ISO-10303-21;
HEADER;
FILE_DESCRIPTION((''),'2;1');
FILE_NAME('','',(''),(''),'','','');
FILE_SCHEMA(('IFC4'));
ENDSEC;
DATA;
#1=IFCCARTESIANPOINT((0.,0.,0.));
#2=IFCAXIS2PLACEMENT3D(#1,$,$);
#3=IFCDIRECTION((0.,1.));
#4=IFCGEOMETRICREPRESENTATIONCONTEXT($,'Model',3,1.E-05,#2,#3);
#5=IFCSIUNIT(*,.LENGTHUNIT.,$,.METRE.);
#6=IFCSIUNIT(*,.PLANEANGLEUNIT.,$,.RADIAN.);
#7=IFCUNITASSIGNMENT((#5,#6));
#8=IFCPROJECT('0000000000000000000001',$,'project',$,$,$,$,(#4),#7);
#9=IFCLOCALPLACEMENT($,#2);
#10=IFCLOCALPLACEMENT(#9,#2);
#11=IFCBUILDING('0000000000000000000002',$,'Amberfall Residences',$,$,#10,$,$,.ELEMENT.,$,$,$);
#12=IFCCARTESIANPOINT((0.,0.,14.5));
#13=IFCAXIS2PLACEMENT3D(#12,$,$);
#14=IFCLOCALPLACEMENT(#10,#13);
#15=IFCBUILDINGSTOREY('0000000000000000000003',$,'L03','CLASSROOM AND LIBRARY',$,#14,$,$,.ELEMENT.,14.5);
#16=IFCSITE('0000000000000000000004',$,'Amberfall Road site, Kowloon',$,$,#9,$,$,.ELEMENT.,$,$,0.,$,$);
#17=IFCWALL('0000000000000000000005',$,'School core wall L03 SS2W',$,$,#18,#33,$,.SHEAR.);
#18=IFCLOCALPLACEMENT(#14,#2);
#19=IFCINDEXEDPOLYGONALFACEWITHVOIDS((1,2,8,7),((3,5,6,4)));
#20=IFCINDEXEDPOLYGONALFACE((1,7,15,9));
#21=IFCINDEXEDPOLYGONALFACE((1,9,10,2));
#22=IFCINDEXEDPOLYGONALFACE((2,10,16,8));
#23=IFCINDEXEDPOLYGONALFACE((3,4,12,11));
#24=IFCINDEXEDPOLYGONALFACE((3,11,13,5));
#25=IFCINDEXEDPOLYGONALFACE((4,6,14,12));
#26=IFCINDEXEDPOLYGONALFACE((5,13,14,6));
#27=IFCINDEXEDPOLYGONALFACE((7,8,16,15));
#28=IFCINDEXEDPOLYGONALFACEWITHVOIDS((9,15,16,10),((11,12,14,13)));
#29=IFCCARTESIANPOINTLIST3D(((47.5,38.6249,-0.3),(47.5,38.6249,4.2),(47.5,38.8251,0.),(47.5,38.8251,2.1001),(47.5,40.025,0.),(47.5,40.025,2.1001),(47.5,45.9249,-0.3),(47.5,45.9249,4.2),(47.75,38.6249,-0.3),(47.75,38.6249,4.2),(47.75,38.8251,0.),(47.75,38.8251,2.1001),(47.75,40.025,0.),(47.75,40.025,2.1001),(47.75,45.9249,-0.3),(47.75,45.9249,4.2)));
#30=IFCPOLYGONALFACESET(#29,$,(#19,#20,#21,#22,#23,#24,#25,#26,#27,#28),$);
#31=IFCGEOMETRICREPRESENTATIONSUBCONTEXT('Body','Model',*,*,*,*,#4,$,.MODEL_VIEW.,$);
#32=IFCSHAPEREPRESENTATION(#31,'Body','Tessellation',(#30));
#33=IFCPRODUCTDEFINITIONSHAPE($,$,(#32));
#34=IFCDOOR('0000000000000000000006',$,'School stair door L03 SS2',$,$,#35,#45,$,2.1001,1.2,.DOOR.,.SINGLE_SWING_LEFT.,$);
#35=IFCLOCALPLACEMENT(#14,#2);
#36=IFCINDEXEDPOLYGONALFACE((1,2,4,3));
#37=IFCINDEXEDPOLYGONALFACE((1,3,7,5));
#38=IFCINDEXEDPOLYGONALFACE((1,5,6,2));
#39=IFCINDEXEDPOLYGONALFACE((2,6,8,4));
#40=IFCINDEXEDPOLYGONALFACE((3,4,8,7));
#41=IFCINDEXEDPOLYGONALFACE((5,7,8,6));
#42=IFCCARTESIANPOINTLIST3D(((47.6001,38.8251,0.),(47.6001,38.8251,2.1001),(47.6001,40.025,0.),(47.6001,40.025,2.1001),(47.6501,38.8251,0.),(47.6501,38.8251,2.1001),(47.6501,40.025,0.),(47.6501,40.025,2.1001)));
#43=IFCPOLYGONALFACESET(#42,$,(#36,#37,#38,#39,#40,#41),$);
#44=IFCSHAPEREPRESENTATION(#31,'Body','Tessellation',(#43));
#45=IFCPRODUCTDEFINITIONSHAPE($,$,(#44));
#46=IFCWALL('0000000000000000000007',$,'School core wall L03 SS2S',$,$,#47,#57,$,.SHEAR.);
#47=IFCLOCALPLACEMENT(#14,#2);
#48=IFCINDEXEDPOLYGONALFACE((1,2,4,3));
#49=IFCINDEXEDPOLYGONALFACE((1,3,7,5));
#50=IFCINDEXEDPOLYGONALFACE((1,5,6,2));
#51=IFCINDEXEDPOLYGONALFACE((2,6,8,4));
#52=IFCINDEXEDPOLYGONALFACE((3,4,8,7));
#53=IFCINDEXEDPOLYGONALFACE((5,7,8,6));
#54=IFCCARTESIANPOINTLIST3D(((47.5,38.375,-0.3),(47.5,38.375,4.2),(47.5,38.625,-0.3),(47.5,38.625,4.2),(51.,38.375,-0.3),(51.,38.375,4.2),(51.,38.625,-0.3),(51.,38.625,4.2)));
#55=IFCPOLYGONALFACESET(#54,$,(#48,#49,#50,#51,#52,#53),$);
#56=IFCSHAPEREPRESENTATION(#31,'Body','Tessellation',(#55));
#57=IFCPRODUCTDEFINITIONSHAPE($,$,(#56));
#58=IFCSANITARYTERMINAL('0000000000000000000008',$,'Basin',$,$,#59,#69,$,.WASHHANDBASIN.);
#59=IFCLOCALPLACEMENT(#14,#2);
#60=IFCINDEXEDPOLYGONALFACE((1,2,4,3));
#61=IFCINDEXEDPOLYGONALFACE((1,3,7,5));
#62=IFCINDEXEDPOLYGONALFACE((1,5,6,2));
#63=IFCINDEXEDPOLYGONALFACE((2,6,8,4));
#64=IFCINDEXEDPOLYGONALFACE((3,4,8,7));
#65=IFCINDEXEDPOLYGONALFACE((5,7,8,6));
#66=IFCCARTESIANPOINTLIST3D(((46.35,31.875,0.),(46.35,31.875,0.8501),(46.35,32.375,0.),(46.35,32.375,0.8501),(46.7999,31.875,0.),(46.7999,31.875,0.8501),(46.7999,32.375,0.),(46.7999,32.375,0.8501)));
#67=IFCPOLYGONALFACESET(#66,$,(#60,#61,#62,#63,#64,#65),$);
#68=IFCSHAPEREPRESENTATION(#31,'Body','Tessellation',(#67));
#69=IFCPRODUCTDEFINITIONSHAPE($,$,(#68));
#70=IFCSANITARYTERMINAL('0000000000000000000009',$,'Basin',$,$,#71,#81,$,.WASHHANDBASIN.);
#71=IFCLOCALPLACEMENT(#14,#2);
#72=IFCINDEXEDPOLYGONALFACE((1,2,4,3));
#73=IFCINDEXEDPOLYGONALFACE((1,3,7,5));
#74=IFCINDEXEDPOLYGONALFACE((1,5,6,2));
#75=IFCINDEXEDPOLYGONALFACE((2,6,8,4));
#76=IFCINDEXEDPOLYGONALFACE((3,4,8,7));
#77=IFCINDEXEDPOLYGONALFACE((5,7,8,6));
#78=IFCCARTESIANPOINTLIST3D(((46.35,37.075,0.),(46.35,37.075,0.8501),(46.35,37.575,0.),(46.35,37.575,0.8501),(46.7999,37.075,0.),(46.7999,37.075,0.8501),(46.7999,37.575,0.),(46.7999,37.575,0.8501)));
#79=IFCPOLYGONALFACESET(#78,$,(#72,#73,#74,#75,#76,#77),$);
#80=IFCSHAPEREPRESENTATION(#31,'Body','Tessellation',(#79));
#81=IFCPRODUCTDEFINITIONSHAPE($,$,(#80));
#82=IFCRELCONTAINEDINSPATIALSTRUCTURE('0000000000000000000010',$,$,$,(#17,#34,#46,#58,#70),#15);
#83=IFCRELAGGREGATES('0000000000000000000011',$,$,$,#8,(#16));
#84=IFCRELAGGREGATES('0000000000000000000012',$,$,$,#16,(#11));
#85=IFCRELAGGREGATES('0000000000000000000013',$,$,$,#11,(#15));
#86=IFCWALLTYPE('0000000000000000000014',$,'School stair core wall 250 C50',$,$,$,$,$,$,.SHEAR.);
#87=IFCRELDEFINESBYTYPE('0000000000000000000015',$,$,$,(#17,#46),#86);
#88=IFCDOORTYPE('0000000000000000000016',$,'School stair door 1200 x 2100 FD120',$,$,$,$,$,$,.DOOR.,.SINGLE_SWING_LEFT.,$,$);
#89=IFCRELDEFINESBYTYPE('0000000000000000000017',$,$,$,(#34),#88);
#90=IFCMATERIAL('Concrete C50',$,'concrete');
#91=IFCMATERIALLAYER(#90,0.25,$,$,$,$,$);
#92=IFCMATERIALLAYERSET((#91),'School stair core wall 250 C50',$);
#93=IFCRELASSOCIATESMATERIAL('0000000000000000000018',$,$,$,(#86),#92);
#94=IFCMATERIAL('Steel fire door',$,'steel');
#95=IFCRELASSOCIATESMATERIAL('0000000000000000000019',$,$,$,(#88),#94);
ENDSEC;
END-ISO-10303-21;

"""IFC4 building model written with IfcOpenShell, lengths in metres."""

from ifc_helpers import new_model, si_unit, direction, frame, frame_2d, origin, origin_2d, place, context, subcontext, project, spatial, rectangle, extrude, material, layer, layer_set, type_object, element, fill, save


model = new_model("IFC4")

# Units and contexts
model_context = context("Model", 3, precision=1e-05, world=origin(), true_north=direction((0.0, 1.0)))
body_context = subcontext(model_context, "Body", "Model", "MODEL_VIEW")
ifc_project = project(units=[si_unit("LENGTHUNIT", "METRE"), si_unit("PLANEANGLEUNIT", "RADIAN")], contexts=[model_context])

# Site, building, storey
site_placement = place(None, origin())
site = spatial("IfcSite", under=ifc_project, at=site_placement, Name="Amberfall Road site, Kowloon", CompositionType="ELEMENT", RefElevation=0.0)
building_placement = place(site_placement, origin())
building = spatial("IfcBuilding", under=site, at=building_placement, Name="Amberfall Residences", CompositionType="ELEMENT")
storey_placement = place(building_placement, frame((0.0, 0.0, 14.5)))
storey = spatial("IfcBuildingStorey", under=building, at=storey_placement, Name="L03", Description="CLASSROOM AND LIBRARY", CompositionType="ELEMENT", Elevation=14.5)

# Wall, opening, door
ifc_material_1 = material(Name="Concrete C50", Category="concrete")
ifc_layer_1 = layer(ifc_material_1, 0.25)
ifc_layer_set_1 = layer_set([ifc_layer_1], Name="School stair core wall 250 C50")
wall_type_1 = type_object("IfcWallType", Name="School stair core wall 250 C50", PredefinedType="SHEAR", material=ifc_layer_set_1)
wall_1_placement = place(storey_placement, frame((47.625, 38.625, -0.3), z_axis=(0.0, 0.0, 1.0), x_axis=(0.0, 1.0, 0.0)))
wall_1 = element("IfcWall", 1, at=wall_1_placement, inside=storey, type_object=wall_type_1, Name="School core wall L03 SS2W", PredefinedType="SHEAR", context=body_context, shape_type="SweptSolid", body=[
    extrude(rectangle(XDim=7.3, YDim=0.25, at=frame_2d((3.6499, 0.0))), origin(), (0.0, 0.0, 1.0), 4.5),
])
opening_1_placement = place(wall_1_placement, frame((0.2, 0.0, 0.3)))
opening_1 = element("IfcOpeningElement", 2, at=opening_1_placement, cuts=wall_1, PredefinedType="OPENING", context=body_context, shape_type="SweptSolid", body=[
    extrude(rectangle(XDim=1.2, YDim=2.1001, at=frame_2d((0.6001, 1.05))), frame((0.0, 0.135, 0.0), z_axis=(0.0, -1.0, 0.0), x_axis=(1.0, 0.0, 0.0)), (0.0, 0.0, 1.0), 0.27),
])
ifc_material_2 = material(Name="Steel fire door", Category="steel")
door_type_1 = type_object("IfcDoorType", Name="School stair door 1200 x 2100 FD120", OperationType="SINGLE_SWING_LEFT", PredefinedType="DOOR", material=ifc_material_2)
door_1_placement = place(opening_1_placement, origin())
door_1 = element("IfcDoor", 3, at=door_1_placement, inside=storey, type_object=door_type_1, Name="School stair door L03 SS2", OperationType="SINGLE_SWING_LEFT", OverallHeight=2.1001, OverallWidth=1.2, PredefinedType="DOOR", context=body_context, shape_type="SweptSolid", body=[
    extrude(rectangle(XDim=1.2, YDim=2.1001, at=frame_2d((0.6001, 1.05))), frame((0.0, 0.0249, 0.0), z_axis=(0.0, -1.0, 0.0), x_axis=(1.0, 0.0, 0.0)), (0.0, 0.0, 1.0), 0.05),
])
fill(opening_1, door_1)

# Wall
wall_2_placement = place(storey_placement, frame((47.5, 38.5, -0.3), z_axis=(0.0, 0.0, 1.0), x_axis=(1.0, 0.0, 0.0)))
element("IfcWall", 4, at=wall_2_placement, inside=storey, type_object=wall_type_1, Name="School core wall L03 SS2S", PredefinedType="SHEAR", context=body_context, shape_type="SweptSolid", body=[
    extrude(rectangle(XDim=3.5, YDim=0.25, at=frame_2d((1.75, 0.0))), origin(), (0.0, 0.0, 1.0), 4.5),
])

# Sanitary terminals
for number, where, z_axis, x_axis, name in (
    (5, (46.575, 32.125, 0.0), (0.0, 0.0, 1.0), (1.0, 0.0, 0.0), "Basin"),
    (6, (46.575, 37.325, 0.0), (0.0, 0.0, 1.0), (1.0, 0.0, 0.0), "Basin"),
):
    element("IfcSanitaryTerminal", number, at=place(storey_placement, frame(where, z_axis=z_axis, x_axis=x_axis)), inside=storey, Name=name, PredefinedType="WASHHANDBASIN", context=body_context, shape_type="SweptSolid", body=[
        extrude(rectangle(XDim=0.45, YDim=0.5, at=origin_2d()), origin(), (0.0, 0.0, 1.0), 0.8501),
    ])

save(model, "model.ifc")
